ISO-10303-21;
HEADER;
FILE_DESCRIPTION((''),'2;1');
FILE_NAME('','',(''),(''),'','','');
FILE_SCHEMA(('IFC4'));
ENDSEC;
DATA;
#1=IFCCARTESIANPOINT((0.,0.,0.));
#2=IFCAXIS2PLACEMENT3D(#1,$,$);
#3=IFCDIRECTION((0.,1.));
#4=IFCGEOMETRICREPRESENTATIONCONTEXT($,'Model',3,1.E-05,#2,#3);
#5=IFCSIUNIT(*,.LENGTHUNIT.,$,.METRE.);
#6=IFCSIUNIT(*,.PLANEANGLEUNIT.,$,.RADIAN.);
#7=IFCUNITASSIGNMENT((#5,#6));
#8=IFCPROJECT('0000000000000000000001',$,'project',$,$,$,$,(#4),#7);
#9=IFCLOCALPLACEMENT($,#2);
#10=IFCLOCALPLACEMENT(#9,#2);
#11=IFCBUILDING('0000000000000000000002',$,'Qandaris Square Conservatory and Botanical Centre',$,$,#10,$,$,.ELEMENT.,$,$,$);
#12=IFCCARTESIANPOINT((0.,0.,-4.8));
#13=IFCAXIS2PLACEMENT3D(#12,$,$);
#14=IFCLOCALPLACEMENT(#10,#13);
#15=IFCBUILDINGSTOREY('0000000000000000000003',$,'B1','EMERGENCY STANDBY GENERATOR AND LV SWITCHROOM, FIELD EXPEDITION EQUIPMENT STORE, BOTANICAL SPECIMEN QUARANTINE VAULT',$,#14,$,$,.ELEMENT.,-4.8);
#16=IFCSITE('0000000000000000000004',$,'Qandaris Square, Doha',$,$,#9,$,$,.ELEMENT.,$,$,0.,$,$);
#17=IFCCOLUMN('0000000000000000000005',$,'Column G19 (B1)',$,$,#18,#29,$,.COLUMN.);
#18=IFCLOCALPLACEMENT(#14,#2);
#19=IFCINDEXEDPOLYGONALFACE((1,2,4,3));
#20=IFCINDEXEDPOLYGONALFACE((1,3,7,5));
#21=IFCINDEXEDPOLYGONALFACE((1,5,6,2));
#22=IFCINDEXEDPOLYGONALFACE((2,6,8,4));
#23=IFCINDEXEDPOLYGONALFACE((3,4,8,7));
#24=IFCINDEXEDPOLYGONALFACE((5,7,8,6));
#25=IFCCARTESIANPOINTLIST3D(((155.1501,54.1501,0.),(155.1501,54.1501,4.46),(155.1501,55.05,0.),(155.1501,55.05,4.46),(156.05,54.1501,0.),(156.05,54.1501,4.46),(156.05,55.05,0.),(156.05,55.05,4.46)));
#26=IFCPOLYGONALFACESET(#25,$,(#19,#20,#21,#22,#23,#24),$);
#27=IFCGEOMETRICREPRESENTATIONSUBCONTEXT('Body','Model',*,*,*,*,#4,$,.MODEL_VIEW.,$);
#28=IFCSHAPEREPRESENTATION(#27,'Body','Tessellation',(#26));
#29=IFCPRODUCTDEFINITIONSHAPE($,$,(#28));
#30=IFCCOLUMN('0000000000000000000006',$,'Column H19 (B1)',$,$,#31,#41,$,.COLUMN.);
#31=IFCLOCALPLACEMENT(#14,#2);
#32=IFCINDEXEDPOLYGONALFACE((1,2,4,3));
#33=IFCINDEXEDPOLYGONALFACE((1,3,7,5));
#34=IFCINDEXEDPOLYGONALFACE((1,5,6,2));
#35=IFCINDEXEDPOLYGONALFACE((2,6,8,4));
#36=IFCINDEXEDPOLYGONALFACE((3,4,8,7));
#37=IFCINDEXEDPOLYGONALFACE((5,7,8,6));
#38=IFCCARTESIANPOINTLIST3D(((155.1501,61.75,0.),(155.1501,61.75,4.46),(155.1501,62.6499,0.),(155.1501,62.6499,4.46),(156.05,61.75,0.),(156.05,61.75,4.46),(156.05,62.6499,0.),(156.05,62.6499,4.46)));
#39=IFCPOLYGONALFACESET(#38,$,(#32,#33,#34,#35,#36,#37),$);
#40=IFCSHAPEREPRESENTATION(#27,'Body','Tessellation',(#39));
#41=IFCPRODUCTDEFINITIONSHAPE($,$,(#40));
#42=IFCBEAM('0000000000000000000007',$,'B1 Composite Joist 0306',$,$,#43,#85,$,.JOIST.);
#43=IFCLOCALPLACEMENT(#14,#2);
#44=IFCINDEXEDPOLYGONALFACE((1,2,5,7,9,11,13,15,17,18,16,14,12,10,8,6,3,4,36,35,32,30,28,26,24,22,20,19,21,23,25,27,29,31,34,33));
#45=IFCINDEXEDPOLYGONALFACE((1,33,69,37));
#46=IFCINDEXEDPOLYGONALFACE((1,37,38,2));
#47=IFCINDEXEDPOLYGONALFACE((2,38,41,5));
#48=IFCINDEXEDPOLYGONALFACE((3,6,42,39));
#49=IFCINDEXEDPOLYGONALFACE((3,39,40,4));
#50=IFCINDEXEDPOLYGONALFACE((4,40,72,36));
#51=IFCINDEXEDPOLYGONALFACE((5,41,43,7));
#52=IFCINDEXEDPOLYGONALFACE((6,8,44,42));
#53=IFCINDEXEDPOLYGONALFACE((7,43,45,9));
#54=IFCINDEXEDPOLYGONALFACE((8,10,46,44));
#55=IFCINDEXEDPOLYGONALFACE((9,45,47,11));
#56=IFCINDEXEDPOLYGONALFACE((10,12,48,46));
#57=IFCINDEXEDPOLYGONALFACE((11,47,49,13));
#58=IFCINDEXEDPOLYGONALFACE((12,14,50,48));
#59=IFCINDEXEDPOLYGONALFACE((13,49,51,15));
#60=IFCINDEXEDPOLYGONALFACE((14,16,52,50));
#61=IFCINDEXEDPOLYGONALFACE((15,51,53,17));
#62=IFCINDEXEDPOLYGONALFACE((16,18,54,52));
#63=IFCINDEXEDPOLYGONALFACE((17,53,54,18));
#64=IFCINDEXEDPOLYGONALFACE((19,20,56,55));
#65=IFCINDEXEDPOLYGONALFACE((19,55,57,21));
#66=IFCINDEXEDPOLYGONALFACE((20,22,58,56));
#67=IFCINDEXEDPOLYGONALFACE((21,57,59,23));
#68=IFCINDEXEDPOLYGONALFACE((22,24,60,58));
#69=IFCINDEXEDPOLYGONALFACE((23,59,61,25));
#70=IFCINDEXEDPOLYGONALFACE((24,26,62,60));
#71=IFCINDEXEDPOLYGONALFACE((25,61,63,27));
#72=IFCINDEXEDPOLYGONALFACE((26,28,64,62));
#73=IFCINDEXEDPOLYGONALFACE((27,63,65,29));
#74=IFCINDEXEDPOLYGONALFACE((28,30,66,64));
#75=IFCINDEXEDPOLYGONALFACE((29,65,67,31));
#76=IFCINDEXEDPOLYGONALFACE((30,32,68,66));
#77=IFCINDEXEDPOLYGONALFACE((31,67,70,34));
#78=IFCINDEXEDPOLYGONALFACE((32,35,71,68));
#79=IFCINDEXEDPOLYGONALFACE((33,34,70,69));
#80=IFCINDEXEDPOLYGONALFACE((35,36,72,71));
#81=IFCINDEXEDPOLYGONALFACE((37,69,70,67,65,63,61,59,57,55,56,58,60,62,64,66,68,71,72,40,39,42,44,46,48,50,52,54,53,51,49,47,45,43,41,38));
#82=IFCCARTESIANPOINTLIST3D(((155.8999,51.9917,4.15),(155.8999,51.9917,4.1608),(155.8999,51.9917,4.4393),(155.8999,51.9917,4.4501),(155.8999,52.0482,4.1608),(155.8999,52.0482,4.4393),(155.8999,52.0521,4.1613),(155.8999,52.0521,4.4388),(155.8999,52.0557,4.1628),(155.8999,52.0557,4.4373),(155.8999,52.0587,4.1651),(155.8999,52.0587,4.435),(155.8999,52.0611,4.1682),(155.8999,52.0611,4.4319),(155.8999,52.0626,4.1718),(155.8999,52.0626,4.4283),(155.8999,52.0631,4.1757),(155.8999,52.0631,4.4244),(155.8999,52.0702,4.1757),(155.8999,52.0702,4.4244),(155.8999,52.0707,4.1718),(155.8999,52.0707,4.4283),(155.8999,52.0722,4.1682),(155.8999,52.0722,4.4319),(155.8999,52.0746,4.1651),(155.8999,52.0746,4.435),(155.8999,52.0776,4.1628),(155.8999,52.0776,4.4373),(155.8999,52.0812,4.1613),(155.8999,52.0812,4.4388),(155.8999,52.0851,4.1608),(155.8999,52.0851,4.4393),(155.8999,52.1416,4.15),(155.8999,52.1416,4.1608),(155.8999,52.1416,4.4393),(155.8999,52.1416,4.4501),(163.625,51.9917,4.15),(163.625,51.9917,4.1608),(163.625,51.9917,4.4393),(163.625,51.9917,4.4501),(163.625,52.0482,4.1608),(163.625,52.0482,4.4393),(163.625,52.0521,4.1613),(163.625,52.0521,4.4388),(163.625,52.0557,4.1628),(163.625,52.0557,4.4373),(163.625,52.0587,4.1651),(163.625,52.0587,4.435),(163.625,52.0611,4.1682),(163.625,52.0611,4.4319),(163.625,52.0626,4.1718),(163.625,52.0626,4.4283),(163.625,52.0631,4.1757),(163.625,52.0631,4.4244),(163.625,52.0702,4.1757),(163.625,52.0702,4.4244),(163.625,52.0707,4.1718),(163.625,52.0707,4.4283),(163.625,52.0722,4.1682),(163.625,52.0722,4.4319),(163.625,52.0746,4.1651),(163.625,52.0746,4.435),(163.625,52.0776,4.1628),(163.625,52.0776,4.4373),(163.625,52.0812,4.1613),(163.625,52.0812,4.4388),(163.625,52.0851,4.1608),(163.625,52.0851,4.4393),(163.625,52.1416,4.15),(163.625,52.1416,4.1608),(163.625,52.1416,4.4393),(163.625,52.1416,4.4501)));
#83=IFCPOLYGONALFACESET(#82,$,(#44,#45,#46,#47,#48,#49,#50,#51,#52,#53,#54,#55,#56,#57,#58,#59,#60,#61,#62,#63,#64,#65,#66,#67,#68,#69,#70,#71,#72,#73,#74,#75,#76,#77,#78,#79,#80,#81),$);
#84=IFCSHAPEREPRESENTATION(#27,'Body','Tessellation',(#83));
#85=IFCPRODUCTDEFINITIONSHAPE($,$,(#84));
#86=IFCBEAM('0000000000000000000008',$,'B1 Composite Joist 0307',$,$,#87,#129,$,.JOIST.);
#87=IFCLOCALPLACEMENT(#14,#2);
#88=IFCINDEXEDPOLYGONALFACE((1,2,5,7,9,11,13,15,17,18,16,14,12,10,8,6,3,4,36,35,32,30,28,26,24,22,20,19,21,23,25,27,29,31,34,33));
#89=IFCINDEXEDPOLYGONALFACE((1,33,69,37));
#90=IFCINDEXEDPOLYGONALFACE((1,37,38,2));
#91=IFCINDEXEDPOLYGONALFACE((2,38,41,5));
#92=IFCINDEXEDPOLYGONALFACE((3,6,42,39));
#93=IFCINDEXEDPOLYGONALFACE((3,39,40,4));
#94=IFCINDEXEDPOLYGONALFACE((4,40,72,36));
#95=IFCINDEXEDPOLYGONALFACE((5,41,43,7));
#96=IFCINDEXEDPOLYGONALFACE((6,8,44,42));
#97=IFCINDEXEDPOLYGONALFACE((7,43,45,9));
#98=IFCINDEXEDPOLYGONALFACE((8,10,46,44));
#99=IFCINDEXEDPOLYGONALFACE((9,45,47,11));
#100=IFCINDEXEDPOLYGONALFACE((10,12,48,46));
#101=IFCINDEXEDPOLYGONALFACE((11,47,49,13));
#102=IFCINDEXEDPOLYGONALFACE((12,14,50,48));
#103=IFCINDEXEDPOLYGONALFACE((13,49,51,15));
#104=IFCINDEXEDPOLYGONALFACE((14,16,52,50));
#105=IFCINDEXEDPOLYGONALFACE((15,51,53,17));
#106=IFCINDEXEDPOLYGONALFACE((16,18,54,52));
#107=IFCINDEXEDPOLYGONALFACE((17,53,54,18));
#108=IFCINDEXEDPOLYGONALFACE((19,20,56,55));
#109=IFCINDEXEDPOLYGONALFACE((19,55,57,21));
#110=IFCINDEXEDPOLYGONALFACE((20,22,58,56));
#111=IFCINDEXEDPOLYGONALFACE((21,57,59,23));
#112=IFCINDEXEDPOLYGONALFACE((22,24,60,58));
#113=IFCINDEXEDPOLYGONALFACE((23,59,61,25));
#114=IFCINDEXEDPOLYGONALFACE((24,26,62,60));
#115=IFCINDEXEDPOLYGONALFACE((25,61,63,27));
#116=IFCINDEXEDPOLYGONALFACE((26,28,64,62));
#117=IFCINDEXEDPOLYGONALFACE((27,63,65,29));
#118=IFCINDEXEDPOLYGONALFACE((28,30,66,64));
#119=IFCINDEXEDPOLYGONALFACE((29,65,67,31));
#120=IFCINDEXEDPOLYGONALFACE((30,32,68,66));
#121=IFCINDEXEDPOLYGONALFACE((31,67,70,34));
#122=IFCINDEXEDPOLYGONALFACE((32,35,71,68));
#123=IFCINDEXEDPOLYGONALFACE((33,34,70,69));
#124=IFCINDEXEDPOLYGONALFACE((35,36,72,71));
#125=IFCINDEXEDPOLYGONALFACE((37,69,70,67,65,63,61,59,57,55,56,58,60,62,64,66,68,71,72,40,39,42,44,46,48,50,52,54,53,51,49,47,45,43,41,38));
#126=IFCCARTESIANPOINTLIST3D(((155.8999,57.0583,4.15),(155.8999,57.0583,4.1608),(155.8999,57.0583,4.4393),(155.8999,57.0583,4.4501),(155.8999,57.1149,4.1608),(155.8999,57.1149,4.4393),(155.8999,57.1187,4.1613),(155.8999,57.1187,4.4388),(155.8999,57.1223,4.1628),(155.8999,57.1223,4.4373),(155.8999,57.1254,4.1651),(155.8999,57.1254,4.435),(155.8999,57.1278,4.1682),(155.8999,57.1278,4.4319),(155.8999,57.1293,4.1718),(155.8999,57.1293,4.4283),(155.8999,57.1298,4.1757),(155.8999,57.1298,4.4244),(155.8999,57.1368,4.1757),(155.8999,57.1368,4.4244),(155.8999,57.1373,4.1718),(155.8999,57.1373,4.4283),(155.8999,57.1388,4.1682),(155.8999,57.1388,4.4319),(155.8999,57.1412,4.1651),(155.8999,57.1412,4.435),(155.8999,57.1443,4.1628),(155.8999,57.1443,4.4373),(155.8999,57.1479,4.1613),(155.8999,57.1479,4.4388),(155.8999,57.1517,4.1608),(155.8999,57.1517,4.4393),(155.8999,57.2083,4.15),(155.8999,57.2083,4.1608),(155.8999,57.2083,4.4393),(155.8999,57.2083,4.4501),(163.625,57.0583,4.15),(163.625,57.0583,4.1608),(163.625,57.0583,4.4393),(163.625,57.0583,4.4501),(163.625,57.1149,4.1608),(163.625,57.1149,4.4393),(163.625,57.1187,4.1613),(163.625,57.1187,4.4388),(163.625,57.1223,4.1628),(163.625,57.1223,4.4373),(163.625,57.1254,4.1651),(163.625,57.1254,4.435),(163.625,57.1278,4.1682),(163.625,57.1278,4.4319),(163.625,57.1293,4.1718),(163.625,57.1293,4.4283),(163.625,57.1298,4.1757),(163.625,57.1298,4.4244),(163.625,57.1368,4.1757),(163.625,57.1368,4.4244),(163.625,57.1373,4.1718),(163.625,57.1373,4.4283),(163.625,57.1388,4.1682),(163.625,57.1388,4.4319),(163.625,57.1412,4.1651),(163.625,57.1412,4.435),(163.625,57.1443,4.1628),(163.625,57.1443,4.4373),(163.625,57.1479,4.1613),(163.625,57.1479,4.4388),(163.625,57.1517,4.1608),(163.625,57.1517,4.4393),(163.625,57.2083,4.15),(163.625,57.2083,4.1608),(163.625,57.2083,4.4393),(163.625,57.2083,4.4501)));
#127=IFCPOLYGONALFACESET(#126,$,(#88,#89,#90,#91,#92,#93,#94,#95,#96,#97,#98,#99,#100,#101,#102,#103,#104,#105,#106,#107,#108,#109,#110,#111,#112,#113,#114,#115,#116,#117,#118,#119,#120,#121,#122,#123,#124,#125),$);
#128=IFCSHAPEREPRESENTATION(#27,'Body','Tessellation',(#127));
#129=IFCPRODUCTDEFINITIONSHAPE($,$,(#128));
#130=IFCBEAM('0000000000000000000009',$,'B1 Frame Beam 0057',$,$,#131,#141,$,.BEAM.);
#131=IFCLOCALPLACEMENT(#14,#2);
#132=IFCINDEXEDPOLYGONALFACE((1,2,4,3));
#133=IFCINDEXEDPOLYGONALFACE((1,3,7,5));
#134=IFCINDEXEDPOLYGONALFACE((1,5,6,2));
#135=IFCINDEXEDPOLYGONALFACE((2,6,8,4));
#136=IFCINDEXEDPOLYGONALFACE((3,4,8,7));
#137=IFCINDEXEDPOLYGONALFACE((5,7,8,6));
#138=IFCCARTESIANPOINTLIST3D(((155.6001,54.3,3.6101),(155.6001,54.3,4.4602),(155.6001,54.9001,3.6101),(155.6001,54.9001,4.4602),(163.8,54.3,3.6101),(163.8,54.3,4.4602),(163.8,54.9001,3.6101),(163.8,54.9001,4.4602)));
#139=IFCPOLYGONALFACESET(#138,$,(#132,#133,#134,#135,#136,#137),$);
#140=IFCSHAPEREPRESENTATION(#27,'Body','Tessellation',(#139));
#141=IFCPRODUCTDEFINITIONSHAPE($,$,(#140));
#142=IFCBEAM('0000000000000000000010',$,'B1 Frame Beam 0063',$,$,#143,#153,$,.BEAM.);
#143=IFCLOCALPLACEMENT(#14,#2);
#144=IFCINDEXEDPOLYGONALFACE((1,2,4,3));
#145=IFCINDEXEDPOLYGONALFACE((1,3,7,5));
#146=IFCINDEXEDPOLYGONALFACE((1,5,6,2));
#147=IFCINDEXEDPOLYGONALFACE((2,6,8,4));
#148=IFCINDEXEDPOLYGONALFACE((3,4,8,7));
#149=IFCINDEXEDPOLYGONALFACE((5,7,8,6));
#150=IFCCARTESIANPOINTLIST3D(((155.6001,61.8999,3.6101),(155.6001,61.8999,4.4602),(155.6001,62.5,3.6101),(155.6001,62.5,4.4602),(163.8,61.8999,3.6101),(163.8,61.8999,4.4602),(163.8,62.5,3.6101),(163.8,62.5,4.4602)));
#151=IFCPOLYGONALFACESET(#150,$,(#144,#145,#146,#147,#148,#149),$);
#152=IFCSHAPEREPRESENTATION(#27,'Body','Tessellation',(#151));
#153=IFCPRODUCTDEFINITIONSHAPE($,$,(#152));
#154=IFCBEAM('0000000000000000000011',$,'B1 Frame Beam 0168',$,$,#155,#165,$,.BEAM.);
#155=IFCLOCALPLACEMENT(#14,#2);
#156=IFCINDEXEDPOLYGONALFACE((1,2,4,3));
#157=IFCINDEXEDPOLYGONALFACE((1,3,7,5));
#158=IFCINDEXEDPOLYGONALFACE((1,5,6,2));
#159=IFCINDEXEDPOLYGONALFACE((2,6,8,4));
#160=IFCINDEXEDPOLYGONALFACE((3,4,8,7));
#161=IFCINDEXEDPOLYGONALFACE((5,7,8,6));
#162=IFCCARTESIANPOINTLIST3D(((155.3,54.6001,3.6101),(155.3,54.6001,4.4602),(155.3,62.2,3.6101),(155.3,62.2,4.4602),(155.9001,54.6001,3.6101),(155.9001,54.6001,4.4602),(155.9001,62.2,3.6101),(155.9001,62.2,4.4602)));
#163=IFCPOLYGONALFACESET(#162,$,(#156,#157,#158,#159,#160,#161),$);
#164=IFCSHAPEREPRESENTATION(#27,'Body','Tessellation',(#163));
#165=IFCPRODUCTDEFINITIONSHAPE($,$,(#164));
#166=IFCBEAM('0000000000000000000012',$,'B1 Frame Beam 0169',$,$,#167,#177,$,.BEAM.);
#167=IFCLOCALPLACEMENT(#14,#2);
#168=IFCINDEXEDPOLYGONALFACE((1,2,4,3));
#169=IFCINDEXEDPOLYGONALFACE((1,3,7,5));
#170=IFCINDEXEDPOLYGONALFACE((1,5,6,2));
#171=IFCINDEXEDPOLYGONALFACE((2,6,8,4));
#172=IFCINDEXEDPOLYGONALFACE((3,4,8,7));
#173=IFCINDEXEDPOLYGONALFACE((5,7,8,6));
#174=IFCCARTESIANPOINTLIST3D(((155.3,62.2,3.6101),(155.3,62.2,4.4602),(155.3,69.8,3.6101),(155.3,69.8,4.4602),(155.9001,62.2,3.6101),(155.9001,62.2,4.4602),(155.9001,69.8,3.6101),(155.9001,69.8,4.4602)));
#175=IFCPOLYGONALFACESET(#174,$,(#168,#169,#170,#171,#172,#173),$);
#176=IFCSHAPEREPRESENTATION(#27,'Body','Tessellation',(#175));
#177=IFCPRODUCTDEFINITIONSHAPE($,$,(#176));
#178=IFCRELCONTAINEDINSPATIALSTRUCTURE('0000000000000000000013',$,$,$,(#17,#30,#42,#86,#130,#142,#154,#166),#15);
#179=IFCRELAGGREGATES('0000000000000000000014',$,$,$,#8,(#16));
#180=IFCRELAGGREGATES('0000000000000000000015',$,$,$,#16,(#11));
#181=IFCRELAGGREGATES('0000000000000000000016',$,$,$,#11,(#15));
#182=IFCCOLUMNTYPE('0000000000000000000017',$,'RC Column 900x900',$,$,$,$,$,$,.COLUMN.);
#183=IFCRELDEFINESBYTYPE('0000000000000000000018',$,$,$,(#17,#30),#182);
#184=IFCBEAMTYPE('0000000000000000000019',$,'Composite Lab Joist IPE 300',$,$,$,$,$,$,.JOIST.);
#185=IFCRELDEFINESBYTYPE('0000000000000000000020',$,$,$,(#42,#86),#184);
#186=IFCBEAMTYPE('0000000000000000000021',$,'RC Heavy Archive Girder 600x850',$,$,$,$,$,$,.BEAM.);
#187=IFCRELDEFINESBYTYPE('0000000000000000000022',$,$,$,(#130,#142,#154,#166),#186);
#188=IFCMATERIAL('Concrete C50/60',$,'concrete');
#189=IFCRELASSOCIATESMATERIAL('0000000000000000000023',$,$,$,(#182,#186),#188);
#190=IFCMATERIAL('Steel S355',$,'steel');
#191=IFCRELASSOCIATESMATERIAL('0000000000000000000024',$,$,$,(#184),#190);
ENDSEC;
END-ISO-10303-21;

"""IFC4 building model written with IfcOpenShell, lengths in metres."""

from ifc_helpers import new_model, si_unit, direction, frame, origin, origin_2d, place, context, subcontext, project, spatial, rectangle, i_section, extrude, material, material_profile, profile_set, type_object, element, save


model = new_model("IFC4")

# Units and contexts
model_context = context("Model", 3, precision=1e-05, world=origin(), true_north=direction((0.0, 1.0)))
body_context = subcontext(model_context, "Body", "Model", "MODEL_VIEW")
ifc_project = project(units=[si_unit("LENGTHUNIT", "METRE"), si_unit("PLANEANGLEUNIT", "RADIAN")], contexts=[model_context])

# Site, building, storey
site_placement = place(None, origin())
site = spatial("IfcSite", under=ifc_project, at=site_placement, Name="Qandaris Square, Doha", CompositionType="ELEMENT", RefElevation=0.0)
building_placement = place(site_placement, origin())
building = spatial("IfcBuilding", under=site, at=building_placement, Name="Qandaris Square Conservatory and Botanical Centre", CompositionType="ELEMENT")
storey_placement = place(building_placement, frame((0.0, 0.0, -4.8)))
storey = spatial("IfcBuildingStorey", under=building, at=storey_placement, Name="B1", Description="EMERGENCY STANDBY GENERATOR AND LV SWITCHROOM, FIELD EXPEDITION EQUIPMENT STORE, BOTANICAL SPECIMEN QUARANTINE VAULT", CompositionType="ELEMENT", Elevation=-4.8)

# Shared definitions
ifc_material_1 = material(Name="Concrete C50/60", Category="concrete")

# Columns
ifc_material_profile_1 = material_profile(ifc_material_1, rectangle(XDim=0.8999, YDim=0.8999, at=origin_2d()), Name="RC-COL 900x900")
ifc_profile_set_1 = profile_set([ifc_material_profile_1], Name="Concrete C50/60")
column_type = type_object("IfcColumnType", Name="RC Column 900x900", PredefinedType="COLUMN", material=ifc_profile_set_1)
for number, where, z_axis, x_axis, name in (
    (1, (155.6001, 54.6001, 0.0), (0.0, 0.0, 1.0), (1.0, 0.0, 0.0), "Column G19 (B1)"),
    (2, (155.6001, 62.2, 0.0), (0.0, 0.0, 1.0), (1.0, 0.0, 0.0), "Column H19 (B1)"),
):
    element("IfcColumn", number, at=place(storey_placement, frame(where, z_axis=z_axis, x_axis=x_axis)), inside=storey, type_object=column_type, Name=name, PredefinedType="COLUMN", context=body_context, shape_type="SweptSolid", body=[
        extrude(rectangle(XDim=0.8999, YDim=0.8999, at=origin_2d()), origin(), (0.0, 0.0, 1.0), 4.46),
    ])

# Beams
ifc_material_2 = material(Name="Steel S355", Category="steel")
ifc_material_profile_2 = material_profile(ifc_material_2, i_section(OverallWidth=0.1499, OverallDepth=0.3, WebThickness=0.0071, FlangeThickness=0.0107, FilletRadius=0.0149, at=origin_2d()), Name="IPE 300")
ifc_profile_set_2 = profile_set([ifc_material_profile_2], Name="Steel S355")
beam_type_1 = type_object("IfcBeamType", Name="Composite Lab Joist IPE 300", PredefinedType="JOIST", material=ifc_profile_set_2)
for number, where, z_axis, x_axis, name in (
    (3, (155.8999, 52.0667, 4.3), (1.0, 0.0, 0.0), (0.0, 1.0, 0.0), "B1 Composite Joist 0306"),
    (4, (155.8999, 57.1333, 4.3), (1.0, 0.0, 0.0), (0.0, 1.0, 0.0), "B1 Composite Joist 0307"),
):
    element("IfcBeam", number, at=place(storey_placement, frame(where, z_axis=z_axis, x_axis=x_axis)), inside=storey, type_object=beam_type_1, Name=name, PredefinedType="JOIST", context=body_context, shape_type="SweptSolid", body=[
        extrude(i_section(OverallWidth=0.1499, OverallDepth=0.3, WebThickness=0.0071, FlangeThickness=0.0107, FilletRadius=0.0149, at=origin_2d()), origin(), (0.0, 0.0, 1.0), 7.7251),
    ])
ifc_material_profile_3 = material_profile(ifc_material_1, rectangle(XDim=0.6001, YDim=0.8501, at=origin_2d()), Name="RC-BM 600x850")
ifc_profile_set_3 = profile_set([ifc_material_profile_3], Name="Concrete C50/60")
beam_type_2 = type_object("IfcBeamType", Name="RC Heavy Archive Girder 600x850", PredefinedType="BEAM", material=ifc_profile_set_3)
for number, where, z_axis, x_axis, name in (
    (5, (155.6001, 54.6001, 4.0352), (1.0, 0.0, 0.0), (0.0, 1.0, 0.0), "B1 Frame Beam 0057"),
    (6, (155.6001, 62.2, 4.0352), (1.0, 0.0, 0.0), (0.0, 1.0, 0.0), "B1 Frame Beam 0063"),
):
    element("IfcBeam", number, at=place(storey_placement, frame(where, z_axis=z_axis, x_axis=x_axis)), inside=storey, type_object=beam_type_2, Name=name, PredefinedType="BEAM", context=body_context, shape_type="SweptSolid", body=[
        extrude(rectangle(XDim=0.6001, YDim=0.8501, at=origin_2d()), origin(), (0.0, 0.0, 1.0), 8.2),
    ])
beam_1_placement = place(storey_placement, frame((155.6001, 54.6001, 4.0352), z_axis=(0.0, 1.0, 0.0), x_axis=(-1.0, 0.0, 0.0)))
element("IfcBeam", 7, at=beam_1_placement, inside=storey, type_object=beam_type_2, Name="B1 Frame Beam 0168", PredefinedType="BEAM", context=body_context, shape_type="SweptSolid", body=[
    extrude(rectangle(XDim=0.6001, YDim=0.8501, at=origin_2d()), origin(), (0.0, 0.0, 1.0), 7.5999),
])
beam_2_placement = place(storey_placement, frame((155.6001, 62.2, 4.0352), z_axis=(0.0, 1.0, 0.0), x_axis=(-1.0, 0.0, 0.0)))
element("IfcBeam", 8, at=beam_2_placement, inside=storey, type_object=beam_type_2, Name="B1 Frame Beam 0169", PredefinedType="BEAM", context=body_context, shape_type="SweptSolid", body=[
    extrude(rectangle(XDim=0.6001, YDim=0.8501, at=origin_2d()), origin(), (0.0, 0.0, 1.0), 7.6001),
])

save(model, "model.ifc")
